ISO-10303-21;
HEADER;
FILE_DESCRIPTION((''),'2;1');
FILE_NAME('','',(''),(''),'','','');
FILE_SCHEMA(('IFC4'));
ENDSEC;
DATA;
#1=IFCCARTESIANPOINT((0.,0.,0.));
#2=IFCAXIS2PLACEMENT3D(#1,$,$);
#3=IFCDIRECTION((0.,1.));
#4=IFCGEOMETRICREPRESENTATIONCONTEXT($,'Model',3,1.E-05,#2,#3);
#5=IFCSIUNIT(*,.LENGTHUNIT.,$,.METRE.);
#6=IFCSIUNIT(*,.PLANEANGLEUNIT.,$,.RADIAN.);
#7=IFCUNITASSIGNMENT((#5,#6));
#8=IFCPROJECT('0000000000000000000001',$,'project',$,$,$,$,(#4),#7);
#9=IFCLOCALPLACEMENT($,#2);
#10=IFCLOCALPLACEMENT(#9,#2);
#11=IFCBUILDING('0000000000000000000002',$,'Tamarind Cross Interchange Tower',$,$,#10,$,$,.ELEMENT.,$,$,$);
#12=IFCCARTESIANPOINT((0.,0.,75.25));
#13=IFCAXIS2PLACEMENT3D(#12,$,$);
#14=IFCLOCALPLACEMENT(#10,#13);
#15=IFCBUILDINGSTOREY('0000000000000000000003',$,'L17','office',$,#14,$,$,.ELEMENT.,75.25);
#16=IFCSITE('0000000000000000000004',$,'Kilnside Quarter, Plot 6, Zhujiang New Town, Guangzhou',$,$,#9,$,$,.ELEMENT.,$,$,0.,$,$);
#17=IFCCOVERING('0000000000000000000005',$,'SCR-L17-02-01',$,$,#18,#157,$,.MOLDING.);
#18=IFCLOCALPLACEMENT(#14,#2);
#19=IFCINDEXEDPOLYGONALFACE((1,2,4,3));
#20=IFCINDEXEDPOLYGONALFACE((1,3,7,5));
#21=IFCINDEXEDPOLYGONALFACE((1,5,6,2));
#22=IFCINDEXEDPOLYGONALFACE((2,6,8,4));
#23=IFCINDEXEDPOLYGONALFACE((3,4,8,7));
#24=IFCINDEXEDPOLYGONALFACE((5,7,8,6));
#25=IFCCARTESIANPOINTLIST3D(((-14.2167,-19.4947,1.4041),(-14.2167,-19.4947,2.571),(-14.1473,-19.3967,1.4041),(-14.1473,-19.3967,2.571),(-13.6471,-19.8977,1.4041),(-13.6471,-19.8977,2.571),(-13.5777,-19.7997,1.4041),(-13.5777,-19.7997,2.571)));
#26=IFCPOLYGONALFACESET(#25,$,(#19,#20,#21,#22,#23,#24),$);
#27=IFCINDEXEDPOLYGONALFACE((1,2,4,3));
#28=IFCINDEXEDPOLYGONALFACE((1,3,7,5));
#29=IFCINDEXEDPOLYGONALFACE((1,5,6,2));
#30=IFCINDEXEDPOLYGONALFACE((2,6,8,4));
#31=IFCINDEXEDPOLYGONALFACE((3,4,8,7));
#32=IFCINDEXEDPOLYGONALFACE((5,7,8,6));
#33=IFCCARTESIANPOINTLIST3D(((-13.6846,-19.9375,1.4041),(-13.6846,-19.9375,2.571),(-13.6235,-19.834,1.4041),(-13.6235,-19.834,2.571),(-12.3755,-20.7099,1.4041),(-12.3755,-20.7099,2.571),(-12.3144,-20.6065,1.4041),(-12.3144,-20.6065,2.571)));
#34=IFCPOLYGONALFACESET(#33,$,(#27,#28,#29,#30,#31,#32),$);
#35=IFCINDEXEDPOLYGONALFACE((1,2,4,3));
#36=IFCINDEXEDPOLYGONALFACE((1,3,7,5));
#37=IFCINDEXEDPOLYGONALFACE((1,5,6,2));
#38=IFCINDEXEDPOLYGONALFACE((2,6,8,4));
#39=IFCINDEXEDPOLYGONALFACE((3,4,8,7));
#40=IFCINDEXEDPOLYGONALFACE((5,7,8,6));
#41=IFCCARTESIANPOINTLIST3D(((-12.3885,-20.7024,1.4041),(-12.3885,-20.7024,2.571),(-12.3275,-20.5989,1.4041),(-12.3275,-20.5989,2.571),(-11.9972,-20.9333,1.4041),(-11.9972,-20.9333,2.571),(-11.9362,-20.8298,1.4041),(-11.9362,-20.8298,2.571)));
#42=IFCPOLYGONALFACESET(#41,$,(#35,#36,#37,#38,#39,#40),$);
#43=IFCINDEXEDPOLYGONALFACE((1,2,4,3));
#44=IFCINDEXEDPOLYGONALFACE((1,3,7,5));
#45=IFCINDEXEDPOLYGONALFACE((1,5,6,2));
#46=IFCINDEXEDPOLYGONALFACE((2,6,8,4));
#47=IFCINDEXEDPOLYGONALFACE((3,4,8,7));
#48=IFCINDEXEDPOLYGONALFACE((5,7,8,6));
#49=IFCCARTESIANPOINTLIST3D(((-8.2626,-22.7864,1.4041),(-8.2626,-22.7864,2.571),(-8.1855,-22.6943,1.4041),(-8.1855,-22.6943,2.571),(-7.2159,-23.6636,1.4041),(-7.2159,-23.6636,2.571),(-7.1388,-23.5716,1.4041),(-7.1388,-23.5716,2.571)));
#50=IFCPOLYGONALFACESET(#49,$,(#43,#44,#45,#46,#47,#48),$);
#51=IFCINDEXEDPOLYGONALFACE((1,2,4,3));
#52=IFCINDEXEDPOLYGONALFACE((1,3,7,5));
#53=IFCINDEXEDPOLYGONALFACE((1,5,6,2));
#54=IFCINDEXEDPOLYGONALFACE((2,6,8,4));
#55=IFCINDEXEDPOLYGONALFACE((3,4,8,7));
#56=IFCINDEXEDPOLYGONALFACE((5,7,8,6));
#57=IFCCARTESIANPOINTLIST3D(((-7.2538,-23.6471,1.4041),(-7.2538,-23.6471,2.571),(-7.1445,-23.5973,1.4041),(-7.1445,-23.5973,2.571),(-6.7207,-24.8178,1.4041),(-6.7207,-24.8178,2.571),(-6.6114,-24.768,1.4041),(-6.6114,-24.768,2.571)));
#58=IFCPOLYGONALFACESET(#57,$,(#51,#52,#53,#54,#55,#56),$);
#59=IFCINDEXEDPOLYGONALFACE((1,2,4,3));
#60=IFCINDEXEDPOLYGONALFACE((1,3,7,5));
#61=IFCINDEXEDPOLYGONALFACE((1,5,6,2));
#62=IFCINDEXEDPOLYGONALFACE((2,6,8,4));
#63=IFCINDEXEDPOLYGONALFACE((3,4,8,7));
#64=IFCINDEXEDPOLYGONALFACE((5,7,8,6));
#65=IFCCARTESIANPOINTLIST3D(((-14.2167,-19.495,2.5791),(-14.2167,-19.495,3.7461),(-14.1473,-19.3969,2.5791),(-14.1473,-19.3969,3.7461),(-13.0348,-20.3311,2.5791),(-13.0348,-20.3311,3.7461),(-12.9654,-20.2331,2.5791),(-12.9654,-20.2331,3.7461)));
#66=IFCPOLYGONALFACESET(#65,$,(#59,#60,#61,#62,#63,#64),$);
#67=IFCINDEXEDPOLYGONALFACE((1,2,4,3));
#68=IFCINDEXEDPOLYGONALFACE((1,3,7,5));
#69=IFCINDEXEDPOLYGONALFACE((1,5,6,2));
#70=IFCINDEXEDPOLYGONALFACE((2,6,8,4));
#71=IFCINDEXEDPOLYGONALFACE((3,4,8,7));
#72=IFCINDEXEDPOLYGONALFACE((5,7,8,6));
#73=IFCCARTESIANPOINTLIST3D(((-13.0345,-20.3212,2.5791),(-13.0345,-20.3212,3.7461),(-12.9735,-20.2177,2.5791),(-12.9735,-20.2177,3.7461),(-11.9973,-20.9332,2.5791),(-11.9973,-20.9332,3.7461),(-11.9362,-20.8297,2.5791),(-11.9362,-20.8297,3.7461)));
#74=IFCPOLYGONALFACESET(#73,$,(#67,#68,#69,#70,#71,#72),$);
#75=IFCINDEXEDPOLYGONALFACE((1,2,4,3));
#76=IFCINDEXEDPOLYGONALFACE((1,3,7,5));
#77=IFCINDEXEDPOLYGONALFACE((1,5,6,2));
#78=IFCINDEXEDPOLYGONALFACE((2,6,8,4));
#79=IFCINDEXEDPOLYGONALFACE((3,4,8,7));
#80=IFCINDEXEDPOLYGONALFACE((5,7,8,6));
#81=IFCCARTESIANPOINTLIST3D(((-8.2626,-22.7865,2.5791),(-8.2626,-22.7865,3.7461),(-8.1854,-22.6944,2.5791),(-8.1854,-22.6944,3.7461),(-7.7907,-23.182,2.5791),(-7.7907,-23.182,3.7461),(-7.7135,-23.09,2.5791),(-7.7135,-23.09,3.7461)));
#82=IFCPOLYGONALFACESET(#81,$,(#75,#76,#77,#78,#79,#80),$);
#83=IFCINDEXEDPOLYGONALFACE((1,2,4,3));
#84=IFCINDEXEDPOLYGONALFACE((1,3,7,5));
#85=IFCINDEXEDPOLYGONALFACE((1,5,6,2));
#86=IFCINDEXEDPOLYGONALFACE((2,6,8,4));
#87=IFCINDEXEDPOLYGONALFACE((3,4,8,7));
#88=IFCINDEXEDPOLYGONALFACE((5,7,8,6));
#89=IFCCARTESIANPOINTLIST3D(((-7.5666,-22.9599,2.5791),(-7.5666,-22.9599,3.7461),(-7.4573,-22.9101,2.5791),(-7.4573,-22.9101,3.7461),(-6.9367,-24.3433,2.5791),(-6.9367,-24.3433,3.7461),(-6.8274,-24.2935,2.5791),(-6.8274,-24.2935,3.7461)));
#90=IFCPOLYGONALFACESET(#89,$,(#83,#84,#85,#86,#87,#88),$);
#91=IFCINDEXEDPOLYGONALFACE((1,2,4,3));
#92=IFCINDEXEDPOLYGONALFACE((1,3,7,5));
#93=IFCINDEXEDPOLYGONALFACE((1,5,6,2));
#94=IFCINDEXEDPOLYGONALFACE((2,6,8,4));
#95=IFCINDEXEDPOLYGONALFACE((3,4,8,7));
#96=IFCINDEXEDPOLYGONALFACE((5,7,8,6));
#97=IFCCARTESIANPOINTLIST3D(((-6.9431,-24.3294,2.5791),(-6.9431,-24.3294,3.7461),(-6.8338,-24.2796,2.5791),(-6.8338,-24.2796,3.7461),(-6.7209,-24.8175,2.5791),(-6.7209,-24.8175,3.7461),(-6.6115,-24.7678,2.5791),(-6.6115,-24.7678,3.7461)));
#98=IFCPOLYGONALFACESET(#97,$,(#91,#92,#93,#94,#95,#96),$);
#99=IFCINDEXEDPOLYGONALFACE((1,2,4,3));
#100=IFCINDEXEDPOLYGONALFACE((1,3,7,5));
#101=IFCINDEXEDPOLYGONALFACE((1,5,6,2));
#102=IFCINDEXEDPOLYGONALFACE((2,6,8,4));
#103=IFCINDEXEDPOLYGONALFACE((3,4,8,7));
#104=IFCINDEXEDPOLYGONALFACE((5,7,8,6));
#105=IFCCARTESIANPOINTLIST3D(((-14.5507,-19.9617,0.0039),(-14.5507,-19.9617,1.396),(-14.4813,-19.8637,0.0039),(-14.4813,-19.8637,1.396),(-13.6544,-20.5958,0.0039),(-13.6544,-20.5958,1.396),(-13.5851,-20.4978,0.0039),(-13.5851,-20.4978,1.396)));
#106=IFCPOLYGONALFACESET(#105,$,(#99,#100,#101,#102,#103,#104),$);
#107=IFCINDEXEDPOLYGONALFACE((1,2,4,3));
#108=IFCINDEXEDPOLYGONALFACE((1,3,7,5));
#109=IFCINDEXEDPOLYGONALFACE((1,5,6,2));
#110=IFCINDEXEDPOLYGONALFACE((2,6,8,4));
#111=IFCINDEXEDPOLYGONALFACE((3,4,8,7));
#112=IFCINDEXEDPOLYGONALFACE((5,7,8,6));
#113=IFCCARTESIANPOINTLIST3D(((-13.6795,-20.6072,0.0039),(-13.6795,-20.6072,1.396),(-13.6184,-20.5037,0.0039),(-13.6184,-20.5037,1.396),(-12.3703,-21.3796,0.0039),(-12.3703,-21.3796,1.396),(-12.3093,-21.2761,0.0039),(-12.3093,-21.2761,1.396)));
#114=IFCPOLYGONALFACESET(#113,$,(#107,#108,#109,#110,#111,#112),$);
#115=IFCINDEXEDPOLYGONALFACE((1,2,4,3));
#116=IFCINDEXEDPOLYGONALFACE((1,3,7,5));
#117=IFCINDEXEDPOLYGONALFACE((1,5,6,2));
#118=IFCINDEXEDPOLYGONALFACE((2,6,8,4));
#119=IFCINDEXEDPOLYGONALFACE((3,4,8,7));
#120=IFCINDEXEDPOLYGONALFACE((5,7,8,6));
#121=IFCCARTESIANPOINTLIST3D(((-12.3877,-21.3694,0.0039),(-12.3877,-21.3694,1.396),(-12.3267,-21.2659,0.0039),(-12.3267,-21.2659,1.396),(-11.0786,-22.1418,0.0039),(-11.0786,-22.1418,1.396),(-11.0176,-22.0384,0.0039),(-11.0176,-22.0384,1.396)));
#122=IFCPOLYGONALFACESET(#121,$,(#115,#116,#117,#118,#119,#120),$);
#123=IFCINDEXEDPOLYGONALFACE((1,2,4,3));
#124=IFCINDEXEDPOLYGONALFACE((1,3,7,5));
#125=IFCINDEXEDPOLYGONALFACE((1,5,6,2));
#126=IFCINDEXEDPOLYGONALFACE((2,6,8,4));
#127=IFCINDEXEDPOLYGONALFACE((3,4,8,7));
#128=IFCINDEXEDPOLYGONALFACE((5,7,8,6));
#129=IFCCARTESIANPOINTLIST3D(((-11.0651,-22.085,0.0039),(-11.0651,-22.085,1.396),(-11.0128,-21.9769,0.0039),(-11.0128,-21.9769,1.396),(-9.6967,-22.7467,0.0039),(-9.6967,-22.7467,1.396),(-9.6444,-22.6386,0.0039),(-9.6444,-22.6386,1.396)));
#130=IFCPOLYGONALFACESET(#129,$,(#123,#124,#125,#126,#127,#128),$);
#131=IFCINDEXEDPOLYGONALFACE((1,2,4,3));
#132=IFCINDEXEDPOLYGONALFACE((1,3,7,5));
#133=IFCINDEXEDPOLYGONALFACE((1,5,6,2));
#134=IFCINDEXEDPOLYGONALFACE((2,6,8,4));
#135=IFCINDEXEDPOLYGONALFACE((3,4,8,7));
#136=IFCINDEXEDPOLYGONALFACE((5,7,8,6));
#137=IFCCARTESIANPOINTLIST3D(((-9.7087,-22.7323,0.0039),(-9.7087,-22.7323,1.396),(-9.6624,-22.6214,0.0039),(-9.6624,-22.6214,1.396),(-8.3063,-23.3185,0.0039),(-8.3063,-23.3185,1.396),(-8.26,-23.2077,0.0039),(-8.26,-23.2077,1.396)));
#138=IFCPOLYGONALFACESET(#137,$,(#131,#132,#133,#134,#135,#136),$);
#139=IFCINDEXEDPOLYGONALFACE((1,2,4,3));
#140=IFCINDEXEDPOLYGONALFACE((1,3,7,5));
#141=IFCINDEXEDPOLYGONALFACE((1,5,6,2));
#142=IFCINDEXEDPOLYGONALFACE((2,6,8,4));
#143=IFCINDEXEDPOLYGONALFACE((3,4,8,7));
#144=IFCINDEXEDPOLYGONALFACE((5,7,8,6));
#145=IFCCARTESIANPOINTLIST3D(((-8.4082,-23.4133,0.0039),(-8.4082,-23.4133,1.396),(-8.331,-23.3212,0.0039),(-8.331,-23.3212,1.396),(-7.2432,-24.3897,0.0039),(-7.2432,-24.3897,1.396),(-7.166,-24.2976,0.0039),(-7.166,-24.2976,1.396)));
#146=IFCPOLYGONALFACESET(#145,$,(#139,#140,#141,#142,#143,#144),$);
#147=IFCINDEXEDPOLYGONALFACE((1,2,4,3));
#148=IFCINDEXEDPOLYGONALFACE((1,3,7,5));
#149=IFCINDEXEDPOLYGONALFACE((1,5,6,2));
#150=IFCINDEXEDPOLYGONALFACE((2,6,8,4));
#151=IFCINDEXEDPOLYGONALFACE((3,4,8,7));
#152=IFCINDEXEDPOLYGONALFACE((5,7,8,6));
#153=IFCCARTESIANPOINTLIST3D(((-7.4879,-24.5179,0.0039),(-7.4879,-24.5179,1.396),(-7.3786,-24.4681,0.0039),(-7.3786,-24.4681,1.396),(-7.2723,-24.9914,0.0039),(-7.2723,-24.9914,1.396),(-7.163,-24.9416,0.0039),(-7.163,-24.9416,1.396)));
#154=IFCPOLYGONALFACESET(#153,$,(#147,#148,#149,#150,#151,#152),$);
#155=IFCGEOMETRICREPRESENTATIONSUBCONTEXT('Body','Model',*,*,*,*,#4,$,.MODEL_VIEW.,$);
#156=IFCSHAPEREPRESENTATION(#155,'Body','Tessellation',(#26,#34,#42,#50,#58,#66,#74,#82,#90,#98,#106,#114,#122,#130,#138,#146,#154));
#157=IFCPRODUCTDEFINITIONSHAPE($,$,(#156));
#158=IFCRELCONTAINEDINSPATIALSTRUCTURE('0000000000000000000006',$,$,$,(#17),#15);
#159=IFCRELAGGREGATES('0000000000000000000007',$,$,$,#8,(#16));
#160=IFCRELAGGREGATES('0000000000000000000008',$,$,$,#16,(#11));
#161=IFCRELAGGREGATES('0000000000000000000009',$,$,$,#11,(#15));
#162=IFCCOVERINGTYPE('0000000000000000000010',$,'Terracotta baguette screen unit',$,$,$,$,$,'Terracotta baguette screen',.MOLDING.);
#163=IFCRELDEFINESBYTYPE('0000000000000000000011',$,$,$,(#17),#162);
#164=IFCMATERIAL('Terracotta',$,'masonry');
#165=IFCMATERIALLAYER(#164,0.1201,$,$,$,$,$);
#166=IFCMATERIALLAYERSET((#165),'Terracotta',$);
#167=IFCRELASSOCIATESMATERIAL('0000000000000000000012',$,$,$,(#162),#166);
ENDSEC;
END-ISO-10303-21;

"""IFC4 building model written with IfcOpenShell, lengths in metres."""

from ifc_helpers import new_model, si_unit, direction, frame, origin, origin_2d, place, context, subcontext, project, spatial, rectangle, extrude, material, layer, layer_set, type_object, element, save


model = new_model("IFC4")

# Units and contexts
model_context = context("Model", 3, precision=1e-05, world=origin(), true_north=direction((0.0, 1.0)))
body_context = subcontext(model_context, "Body", "Model", "MODEL_VIEW")
ifc_project = project(units=[si_unit("LENGTHUNIT", "METRE"), si_unit("PLANEANGLEUNIT", "RADIAN")], contexts=[model_context])

# Site, building, storey
site_placement = place(None, origin())
site = spatial("IfcSite", under=ifc_project, at=site_placement, Name="Kilnside Quarter, Plot 6, Zhujiang New Town, Guangzhou", CompositionType="ELEMENT", RefElevation=0.0)
building_placement = place(site_placement, origin())
building = spatial("IfcBuilding", under=site, at=building_placement, Name="Tamarind Cross Interchange Tower", CompositionType="ELEMENT")
storey_placement = place(building_placement, frame((0.0, 0.0, 75.25)))
storey = spatial("IfcBuildingStorey", under=building, at=storey_placement, Name="L17", Description="office", CompositionType="ELEMENT", Elevation=75.25)

# Covering
ifc_material_1 = material(Name="Terracotta", Category="masonry")
ifc_layer_1 = layer(ifc_material_1, 0.1201)
ifc_layer_set_1 = layer_set([ifc_layer_1], Name="Terracotta")
covering_type = type_object("IfcCoveringType", Name="Terracotta baguette screen unit", ElementType="Terracotta baguette screen", PredefinedType="MOLDING", material=ifc_layer_set_1)
covering_1_placement = place(storey_placement, origin())
element("IfcCovering", 1, at=covering_1_placement, inside=storey, type_object=covering_type, Name="SCR-L17-02-01", PredefinedType="MOLDING", context=body_context, shape_type="SweptSolid", body=[
    extrude(rectangle(XDim=0.6978, YDim=0.1201, at=origin_2d()), frame((-13.8972, -19.6472, 1.4041), z_axis=(0.0, 0.0, 1.0), x_axis=(0.816342, -0.577569, 0.0)), (0.0, 0.0, 1.0), 1.167),
    extrude(rectangle(XDim=1.52, YDim=0.1201, at=origin_2d()), frame((-12.9995, -20.272, 1.4041), z_axis=(0.0, 0.0, 1.0), x_axis=(0.861249, -0.508183, 0.0)), (0.0, 0.0, 1.0), 1.167),
    extrude(rectangle(XDim=0.4543, YDim=0.1201, at=origin_2d()), frame((-12.1624, -20.7661, 1.4041), z_axis=(0.0, 0.0, 1.0), x_axis=(0.861249, -0.508183, 0.0)), (0.0, 0.0, 1.0), 1.167),
    extrude(rectangle(XDim=1.3657, YDim=0.1201, at=origin_2d()), frame((-7.7007, -23.179, 1.4041), z_axis=(0.0, 0.0, 1.0), x_axis=(0.766413, -0.642348, 0.0)), (0.0, 0.0, 1.0), 1.167),
    extrude(rectangle(XDim=1.2864, YDim=0.1201, at=origin_2d()), frame((-6.9326, -24.2075, 1.4041), z_axis=(0.0, 0.0, 1.0), x_axis=(0.414428, -0.910082, 0.0)), (0.0, 0.0, 1.0), 1.167),
    extrude(rectangle(XDim=1.4478, YDim=0.1201, at=origin_2d()), frame((-13.5911, -19.864, 2.5791), z_axis=(0.0, 0.0, 1.0), x_axis=(0.816342, -0.577569, 0.0)), (0.0, 0.0, 1.0), 1.167),
    extrude(rectangle(XDim=1.2043, YDim=0.1201, at=origin_2d()), frame((-12.4854, -20.5754, 2.5791), z_axis=(0.0, 0.0, 1.0), x_axis=(0.861249, -0.508183, 0.0)), (0.0, 0.0, 1.0), 1.167),
    extrude(rectangle(XDim=0.6157, YDim=0.1201, at=origin_2d()), frame((-7.988, -22.9382, 2.5791), z_axis=(0.0, 0.0, 1.0), x_axis=(0.766413, -0.642348, 0.0)), (0.0, 0.0, 1.0), 1.167),
    extrude(rectangle(XDim=1.52, YDim=0.1201, at=origin_2d()), frame((-7.197, -23.6267, 2.5791), z_axis=(0.0, 0.0, 1.0), x_axis=(0.414428, -0.910082, 0.0)), (0.0, 0.0, 1.0), 1.167),
    extrude(rectangle(XDim=0.5364, YDim=0.1201, at=origin_2d()), frame((-6.7773, -24.5486, 2.5791), z_axis=(0.0, 0.0, 1.0), x_axis=(0.414428, -0.910082, 0.0)), (0.0, 0.0, 1.0), 1.167),
    extrude(rectangle(XDim=1.0979, YDim=0.1201, at=origin_2d()), frame((-14.0679, -20.2297, 0.0039), z_axis=(0.0, 0.0, 1.0), x_axis=(0.816342, -0.577569, 0.0)), (0.0, 0.0, 1.0), 1.3921),
    extrude(rectangle(XDim=1.52, YDim=0.1201, at=origin_2d()), frame((-12.9944, -20.9417, 0.0039), z_axis=(0.0, 0.0, 1.0), x_axis=(0.861249, -0.508183, 0.0)), (0.0, 0.0, 1.0), 1.3921),
    extrude(rectangle(XDim=1.52, YDim=0.1201, at=origin_2d()), frame((-11.7026, -21.7039, 0.0039), z_axis=(0.0, 0.0, 1.0), x_axis=(0.861249, -0.508183, 0.0)), (0.0, 0.0, 1.0), 1.3921),
    extrude(rectangle(XDim=1.52, YDim=0.1201, at=origin_2d()), frame((-10.3547, -22.3618, 0.0039), z_axis=(0.0, 0.0, 1.0), x_axis=(0.900273, -0.435326, 0.0)), (0.0, 0.0, 1.0), 1.3921),
    extrude(rectangle(XDim=1.52, YDim=0.1201, at=origin_2d()), frame((-8.9844, -22.97, 0.0039), z_axis=(0.0, 0.0, 1.0), x_axis=(0.922627, -0.385694, 0.0)), (0.0, 0.0, 1.0), 1.3921),
    extrude(rectangle(XDim=1.52, YDim=0.1201, at=origin_2d()), frame((-7.7871, -23.8555, 0.0039), z_axis=(0.0, 0.0, 1.0), x_axis=(0.766413, -0.642348, 0.0)), (0.0, 0.0, 1.0), 1.3921),
    extrude(rectangle(XDim=0.5203, YDim=0.1201, at=origin_2d()), frame((-7.3254, -24.7297, 0.0039), z_axis=(0.0, 0.0, 1.0), x_axis=(0.414428, -0.910082, 0.0)), (0.0, 0.0, 1.0), 1.3921),
])

save(model, "model.ifc")
